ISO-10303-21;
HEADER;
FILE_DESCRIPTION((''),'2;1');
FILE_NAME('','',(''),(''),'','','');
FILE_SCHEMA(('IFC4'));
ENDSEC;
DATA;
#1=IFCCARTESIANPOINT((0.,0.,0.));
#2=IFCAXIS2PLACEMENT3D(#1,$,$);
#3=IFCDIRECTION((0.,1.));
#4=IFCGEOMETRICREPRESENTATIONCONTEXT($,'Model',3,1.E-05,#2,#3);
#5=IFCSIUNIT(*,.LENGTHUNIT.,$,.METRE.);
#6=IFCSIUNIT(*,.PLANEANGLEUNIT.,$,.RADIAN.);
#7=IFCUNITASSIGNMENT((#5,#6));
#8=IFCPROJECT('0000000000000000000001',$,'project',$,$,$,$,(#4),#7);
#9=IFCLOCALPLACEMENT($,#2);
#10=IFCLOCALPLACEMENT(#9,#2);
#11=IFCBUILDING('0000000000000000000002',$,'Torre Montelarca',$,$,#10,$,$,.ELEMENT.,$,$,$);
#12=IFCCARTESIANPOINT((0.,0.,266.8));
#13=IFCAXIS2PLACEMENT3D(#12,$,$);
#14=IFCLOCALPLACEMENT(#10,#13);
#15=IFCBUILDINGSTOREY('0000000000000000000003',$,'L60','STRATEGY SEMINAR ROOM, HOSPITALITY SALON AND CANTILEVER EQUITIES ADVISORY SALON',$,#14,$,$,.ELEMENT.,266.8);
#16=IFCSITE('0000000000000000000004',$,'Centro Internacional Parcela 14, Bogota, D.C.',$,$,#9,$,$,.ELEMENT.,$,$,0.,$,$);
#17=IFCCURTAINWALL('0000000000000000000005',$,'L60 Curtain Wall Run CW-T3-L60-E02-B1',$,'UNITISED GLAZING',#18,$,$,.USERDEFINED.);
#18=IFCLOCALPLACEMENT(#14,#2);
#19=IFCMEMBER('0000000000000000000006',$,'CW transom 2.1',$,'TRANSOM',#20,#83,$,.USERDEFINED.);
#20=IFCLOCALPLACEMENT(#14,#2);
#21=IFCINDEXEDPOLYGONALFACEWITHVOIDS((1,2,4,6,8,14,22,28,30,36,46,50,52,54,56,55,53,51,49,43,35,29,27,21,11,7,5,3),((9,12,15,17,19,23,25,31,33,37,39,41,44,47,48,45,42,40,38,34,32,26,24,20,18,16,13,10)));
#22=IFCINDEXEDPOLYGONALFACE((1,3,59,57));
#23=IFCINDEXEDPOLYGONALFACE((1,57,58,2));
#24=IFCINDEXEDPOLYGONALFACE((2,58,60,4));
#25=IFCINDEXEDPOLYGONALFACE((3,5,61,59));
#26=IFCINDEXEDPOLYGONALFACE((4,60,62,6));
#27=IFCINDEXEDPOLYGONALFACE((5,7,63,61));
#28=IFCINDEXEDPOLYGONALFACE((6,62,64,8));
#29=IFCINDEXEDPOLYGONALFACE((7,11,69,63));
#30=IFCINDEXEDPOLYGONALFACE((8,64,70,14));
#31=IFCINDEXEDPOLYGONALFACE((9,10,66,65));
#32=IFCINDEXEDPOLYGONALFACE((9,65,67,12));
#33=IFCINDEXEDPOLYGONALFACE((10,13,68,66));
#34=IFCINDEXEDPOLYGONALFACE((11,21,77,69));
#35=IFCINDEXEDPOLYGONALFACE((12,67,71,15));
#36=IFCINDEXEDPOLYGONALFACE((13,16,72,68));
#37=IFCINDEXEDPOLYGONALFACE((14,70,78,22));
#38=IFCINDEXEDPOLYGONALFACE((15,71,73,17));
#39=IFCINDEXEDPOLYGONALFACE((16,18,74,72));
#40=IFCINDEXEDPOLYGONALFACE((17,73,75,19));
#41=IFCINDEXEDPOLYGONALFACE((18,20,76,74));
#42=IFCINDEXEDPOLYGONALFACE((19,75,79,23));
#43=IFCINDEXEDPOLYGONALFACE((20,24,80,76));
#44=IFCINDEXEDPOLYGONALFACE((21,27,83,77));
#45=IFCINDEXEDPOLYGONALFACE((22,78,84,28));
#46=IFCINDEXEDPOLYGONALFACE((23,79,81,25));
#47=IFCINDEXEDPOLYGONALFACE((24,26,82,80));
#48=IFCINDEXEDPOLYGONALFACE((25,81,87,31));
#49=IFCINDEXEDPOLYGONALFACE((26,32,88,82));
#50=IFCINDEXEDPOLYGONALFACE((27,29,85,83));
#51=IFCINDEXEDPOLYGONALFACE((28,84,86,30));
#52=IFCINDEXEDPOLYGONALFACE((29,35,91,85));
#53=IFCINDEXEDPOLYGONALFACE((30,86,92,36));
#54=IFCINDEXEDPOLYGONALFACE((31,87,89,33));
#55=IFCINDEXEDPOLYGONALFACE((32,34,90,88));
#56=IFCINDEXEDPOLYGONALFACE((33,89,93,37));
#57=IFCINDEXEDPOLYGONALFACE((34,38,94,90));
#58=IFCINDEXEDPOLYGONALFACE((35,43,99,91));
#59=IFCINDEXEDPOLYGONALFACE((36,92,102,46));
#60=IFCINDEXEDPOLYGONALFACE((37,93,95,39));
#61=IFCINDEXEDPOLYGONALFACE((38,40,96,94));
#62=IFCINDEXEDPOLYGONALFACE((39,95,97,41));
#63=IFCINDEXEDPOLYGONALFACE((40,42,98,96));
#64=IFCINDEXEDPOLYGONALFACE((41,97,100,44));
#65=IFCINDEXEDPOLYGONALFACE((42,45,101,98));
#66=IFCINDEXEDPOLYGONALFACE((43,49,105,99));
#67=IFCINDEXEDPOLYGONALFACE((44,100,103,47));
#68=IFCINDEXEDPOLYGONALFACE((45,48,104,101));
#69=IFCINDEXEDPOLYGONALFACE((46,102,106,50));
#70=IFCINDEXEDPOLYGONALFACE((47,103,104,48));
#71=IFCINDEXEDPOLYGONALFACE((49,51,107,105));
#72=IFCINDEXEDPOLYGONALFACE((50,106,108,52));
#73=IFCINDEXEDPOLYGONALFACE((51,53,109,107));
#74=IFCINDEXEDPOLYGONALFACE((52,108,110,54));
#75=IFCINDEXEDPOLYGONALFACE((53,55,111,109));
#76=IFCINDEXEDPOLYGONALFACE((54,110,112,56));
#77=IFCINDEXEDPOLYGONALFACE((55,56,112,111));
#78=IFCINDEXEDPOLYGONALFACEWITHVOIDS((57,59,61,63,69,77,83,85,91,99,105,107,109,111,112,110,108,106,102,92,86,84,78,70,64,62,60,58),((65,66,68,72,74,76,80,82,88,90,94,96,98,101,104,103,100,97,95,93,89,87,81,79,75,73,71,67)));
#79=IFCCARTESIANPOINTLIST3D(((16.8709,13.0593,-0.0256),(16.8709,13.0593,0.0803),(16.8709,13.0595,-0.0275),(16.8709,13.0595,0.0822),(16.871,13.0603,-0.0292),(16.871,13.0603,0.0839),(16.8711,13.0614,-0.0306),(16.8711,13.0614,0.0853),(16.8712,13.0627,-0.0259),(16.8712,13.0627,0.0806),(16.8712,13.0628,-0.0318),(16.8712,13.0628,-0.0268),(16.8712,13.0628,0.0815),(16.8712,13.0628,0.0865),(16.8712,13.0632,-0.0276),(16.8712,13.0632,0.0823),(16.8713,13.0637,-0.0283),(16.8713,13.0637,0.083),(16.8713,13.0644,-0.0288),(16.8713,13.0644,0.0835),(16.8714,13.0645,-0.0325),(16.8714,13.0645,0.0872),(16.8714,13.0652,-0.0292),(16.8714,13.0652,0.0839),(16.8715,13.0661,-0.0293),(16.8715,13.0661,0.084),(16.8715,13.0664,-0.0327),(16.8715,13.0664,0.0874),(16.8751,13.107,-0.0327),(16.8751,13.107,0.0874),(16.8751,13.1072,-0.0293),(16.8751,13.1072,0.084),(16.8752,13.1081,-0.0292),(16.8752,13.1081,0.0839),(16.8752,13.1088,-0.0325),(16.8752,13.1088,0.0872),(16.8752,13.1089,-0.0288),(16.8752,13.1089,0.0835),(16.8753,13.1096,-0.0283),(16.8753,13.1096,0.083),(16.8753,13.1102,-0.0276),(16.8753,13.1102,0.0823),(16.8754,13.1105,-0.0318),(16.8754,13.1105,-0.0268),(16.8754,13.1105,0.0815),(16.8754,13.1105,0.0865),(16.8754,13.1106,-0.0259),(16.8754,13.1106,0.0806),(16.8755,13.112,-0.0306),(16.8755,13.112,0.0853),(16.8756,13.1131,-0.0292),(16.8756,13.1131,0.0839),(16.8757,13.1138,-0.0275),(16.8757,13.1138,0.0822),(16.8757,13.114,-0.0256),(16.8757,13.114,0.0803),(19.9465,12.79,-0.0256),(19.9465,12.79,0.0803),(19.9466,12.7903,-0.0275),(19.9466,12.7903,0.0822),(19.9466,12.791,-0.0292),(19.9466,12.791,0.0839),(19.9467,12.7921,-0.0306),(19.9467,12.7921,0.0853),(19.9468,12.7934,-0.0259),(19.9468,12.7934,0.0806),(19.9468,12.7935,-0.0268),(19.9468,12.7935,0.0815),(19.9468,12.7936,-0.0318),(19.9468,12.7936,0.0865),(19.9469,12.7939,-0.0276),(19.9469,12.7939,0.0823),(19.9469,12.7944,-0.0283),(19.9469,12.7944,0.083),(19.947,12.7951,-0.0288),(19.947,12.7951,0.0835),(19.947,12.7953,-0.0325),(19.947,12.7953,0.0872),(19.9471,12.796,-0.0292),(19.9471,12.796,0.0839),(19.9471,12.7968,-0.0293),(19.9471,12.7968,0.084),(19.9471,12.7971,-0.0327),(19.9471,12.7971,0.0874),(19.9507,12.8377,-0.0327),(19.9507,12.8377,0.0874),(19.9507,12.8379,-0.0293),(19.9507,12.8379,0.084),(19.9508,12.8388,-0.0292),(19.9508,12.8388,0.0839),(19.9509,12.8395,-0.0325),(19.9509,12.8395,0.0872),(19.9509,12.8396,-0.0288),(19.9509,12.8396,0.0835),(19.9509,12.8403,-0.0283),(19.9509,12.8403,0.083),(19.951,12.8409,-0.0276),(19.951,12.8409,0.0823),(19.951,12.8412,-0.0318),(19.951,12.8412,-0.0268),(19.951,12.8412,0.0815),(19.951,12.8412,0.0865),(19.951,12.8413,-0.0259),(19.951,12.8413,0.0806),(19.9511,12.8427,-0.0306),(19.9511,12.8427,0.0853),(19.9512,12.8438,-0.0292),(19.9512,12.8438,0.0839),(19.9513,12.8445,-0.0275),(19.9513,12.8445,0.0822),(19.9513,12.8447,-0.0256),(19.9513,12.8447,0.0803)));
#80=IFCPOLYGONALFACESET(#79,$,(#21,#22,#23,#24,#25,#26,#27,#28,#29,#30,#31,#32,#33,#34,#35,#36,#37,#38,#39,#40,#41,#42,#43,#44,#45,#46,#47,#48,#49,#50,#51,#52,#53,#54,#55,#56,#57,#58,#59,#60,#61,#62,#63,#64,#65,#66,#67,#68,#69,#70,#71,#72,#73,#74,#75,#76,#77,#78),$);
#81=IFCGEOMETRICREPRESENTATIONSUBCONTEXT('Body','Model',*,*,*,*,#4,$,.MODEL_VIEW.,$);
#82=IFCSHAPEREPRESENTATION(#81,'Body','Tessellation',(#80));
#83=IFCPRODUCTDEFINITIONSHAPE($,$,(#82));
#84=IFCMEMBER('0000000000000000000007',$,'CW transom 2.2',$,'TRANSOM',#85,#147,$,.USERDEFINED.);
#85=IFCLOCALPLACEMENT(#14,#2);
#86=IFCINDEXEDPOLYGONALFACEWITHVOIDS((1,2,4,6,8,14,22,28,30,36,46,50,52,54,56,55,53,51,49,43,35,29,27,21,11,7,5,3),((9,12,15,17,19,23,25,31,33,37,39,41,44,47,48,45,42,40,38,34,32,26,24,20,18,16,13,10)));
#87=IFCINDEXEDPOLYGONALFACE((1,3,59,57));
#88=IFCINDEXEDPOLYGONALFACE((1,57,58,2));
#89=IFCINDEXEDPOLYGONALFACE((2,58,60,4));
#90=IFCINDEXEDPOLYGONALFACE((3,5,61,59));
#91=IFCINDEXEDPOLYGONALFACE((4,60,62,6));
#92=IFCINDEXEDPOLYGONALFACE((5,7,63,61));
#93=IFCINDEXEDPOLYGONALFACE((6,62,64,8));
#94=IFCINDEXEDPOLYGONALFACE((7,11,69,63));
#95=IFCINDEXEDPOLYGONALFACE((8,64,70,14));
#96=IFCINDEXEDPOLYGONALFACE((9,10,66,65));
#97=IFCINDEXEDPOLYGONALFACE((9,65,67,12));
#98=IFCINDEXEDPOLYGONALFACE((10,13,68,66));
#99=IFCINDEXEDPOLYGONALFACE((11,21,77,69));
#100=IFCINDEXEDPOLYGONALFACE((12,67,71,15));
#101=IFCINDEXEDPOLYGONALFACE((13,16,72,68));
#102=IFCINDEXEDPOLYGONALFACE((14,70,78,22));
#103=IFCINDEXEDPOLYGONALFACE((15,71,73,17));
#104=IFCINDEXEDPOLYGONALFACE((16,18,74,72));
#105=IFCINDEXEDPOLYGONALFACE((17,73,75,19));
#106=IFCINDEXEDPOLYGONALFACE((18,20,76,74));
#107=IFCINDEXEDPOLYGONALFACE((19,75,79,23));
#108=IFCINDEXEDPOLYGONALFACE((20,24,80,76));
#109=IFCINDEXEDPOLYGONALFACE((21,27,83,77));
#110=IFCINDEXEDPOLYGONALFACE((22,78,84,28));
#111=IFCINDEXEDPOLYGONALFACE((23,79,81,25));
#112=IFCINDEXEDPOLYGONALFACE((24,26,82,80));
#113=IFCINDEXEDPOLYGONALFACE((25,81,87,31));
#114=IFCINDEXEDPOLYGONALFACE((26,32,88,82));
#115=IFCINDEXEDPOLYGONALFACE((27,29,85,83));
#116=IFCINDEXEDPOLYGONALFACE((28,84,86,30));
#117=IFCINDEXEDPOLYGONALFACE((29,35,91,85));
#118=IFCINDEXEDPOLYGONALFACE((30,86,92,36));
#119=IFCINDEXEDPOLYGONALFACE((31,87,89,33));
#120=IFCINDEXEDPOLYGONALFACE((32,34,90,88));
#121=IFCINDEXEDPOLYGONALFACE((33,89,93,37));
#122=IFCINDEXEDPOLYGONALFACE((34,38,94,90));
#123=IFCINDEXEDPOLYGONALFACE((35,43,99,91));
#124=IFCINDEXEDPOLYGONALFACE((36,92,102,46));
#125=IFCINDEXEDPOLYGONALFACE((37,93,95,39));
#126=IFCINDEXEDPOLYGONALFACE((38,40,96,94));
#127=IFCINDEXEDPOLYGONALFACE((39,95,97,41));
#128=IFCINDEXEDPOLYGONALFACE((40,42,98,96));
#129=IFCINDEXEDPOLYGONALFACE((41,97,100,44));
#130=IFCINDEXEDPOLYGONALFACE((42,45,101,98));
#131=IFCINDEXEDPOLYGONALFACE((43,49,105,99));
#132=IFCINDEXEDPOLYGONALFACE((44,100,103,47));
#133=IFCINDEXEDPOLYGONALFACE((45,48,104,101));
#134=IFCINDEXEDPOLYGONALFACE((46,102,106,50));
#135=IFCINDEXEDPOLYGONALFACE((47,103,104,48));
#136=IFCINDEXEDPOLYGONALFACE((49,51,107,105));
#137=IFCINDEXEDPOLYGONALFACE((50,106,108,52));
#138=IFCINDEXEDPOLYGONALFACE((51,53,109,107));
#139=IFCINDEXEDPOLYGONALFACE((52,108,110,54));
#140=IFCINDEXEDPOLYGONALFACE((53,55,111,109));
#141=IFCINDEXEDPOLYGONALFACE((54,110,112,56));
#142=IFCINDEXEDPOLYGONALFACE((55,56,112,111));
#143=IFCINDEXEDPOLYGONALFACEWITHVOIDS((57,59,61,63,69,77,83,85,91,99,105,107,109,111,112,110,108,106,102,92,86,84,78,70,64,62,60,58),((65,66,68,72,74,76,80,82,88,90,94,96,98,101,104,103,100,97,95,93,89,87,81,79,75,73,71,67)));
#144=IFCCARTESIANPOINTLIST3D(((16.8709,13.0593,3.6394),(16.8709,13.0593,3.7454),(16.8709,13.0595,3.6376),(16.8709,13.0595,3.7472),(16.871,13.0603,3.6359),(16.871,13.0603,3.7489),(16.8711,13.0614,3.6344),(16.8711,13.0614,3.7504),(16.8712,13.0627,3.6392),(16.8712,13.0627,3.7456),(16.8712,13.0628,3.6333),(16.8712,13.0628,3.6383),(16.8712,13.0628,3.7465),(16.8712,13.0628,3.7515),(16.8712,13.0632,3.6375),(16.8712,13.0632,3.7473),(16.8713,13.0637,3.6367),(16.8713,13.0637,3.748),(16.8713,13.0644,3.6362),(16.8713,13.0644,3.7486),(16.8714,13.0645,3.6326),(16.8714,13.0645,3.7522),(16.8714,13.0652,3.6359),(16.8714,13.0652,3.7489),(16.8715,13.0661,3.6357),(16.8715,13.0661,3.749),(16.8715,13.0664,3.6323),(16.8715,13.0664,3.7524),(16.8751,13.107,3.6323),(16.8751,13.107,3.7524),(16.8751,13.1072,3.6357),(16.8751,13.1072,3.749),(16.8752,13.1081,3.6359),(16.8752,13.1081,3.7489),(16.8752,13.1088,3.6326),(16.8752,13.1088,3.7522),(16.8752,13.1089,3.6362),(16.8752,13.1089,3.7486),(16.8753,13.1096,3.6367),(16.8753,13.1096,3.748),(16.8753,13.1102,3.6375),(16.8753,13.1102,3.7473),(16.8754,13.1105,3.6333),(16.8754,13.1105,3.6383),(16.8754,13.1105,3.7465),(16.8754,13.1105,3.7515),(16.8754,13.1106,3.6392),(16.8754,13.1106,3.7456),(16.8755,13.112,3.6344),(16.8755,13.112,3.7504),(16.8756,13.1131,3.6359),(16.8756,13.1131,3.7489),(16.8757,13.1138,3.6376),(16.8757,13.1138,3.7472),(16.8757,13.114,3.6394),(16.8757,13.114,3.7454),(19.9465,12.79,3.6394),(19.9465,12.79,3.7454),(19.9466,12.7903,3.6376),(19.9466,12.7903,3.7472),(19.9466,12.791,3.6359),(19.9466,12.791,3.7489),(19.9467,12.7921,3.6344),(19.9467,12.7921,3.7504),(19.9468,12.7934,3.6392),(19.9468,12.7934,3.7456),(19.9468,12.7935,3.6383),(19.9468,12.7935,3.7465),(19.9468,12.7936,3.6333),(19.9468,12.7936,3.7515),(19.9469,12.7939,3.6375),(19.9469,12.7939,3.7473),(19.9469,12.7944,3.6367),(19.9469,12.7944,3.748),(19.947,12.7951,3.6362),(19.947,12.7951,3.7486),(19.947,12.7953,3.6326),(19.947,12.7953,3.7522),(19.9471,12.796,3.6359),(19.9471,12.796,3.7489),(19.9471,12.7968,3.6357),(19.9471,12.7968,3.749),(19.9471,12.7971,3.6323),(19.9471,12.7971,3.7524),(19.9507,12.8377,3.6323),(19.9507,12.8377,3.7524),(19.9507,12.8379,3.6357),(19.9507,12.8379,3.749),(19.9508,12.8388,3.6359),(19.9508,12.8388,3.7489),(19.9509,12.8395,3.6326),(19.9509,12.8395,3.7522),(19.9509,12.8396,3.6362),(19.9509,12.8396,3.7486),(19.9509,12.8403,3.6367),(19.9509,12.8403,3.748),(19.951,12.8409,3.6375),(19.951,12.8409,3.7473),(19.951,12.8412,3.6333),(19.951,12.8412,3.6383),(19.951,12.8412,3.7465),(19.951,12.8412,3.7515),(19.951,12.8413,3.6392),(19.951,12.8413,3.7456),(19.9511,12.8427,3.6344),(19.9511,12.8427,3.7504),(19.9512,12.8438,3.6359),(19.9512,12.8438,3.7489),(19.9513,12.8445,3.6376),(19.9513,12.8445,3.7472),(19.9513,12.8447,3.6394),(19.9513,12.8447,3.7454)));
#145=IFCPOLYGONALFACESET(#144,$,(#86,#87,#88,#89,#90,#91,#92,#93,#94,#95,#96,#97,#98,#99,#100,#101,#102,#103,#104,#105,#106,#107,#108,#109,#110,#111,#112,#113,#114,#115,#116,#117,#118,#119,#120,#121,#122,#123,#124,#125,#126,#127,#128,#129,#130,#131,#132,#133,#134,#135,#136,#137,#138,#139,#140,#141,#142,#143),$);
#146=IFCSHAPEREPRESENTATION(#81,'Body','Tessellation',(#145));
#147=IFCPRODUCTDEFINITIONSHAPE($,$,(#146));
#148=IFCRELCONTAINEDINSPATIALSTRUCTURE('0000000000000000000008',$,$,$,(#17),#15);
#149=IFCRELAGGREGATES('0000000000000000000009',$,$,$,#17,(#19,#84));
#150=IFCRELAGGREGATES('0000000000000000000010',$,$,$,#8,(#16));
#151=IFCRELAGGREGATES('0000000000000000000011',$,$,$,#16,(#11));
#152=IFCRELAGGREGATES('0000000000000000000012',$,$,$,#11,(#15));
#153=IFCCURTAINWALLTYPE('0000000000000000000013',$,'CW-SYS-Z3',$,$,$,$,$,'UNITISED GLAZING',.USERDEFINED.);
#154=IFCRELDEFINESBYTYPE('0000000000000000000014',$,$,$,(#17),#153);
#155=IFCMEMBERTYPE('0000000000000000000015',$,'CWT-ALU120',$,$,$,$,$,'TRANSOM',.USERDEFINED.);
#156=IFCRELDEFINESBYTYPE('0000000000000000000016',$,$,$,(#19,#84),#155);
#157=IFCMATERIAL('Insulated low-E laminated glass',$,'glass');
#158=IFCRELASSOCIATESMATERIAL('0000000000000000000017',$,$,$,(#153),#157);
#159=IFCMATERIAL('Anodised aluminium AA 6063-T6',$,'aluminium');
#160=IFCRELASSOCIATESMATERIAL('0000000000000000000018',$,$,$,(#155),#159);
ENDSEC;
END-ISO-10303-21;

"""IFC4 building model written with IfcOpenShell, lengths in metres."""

from ifc_helpers import new_model, si_unit, direction, frame, origin, origin_2d, place, context, subcontext, project, spatial, hollow_rectangle, extrude, source, transform, mapped, material, material_profile, profile_set, type_object, element, aggregate, save


model = new_model("IFC4")

# Units and contexts
model_context = context("Model", 3, precision=1e-05, world=origin(), true_north=direction((0.0, 1.0)))
body_context = subcontext(model_context, "Body", "Model", "MODEL_VIEW")
ifc_project = project(units=[si_unit("LENGTHUNIT", "METRE"), si_unit("PLANEANGLEUNIT", "RADIAN")], contexts=[model_context])

# Site, building, storey
site_placement = place(None, origin())
site = spatial("IfcSite", under=ifc_project, at=site_placement, Name="Centro Internacional Parcela 14, Bogota, D.C.", CompositionType="ELEMENT", RefElevation=0.0)
building_placement = place(site_placement, origin())
building = spatial("IfcBuilding", under=site, at=building_placement, Name="Torre Montelarca", CompositionType="ELEMENT")
storey_placement = place(building_placement, frame((0.0, 0.0, 266.8)))
storey = spatial("IfcBuildingStorey", under=building, at=storey_placement, Name="L60", Description="STRATEGY SEMINAR ROOM, HOSPITALITY SALON AND CANTILEVER EQUITIES ADVISORY SALON", CompositionType="ELEMENT", Elevation=266.8)

# Curtain wall, members
ifc_material_1 = material(Name="Insulated low-E laminated glass", Category="glass")
curtain_wall_type = type_object("IfcCurtainWallType", Name="CW-SYS-Z3", ElementType="UNITISED GLAZING", PredefinedType="USERDEFINED", material=ifc_material_1)
curtain_wall_1_placement = place(storey_placement, origin())
curtain_wall_1 = element("IfcCurtainWall", 1, at=curtain_wall_1_placement, inside=storey, type_object=curtain_wall_type, Name="L60 Curtain Wall Run CW-T3-L60-E02-B1", ObjectType="UNITISED GLAZING", PredefinedType="USERDEFINED")
ifc_material_2 = material(Name="Anodised aluminium AA 6063-T6", Category="aluminium")
ifc_material_profile_1 = material_profile(ifc_material_2, hollow_rectangle(XDim=0.0549, YDim=0.1201, WallThickness=0.0034, InnerFilletRadius=0.0034, OuterFilletRadius=0.0071, at=origin_2d()), Name="ALU55X120X3.5", Category="aluminium")
ifc_profile_set_1 = profile_set([ifc_material_profile_1], Name="Anodised aluminium AA 6063-T6")
member_type_1 = type_object("IfcMemberType", Name="CWT-ALU120", ElementType="TRANSOM", PredefinedType="USERDEFINED", material=ifc_profile_set_1)
shared_shape_1 = source(origin(), body_context, "Body", "SweptSolid", [
    extrude(hollow_rectangle(XDim=0.0549, YDim=0.1201, WallThickness=0.0034, InnerFilletRadius=0.0034, OuterFilletRadius=0.0071, at=origin_2d()), origin(), (0.0, 0.0, 1.0), 3.0874),
])
member_1_placement = place(storey_placement, frame((16.8733, 13.0867, 0.0273), z_axis=(0.996189, -0.08722, 0.0), x_axis=(0.08722, 0.996189, 0.0)))
member_1 = element("IfcMember", 2, at=member_1_placement, type_object=member_type_1, Name="CW transom 2.1", ObjectType="TRANSOM", PredefinedType="USERDEFINED", context=body_context, shape_type="MappedRepresentation", body=[
    mapped(shared_shape_1, transform((0.0, 0.0, 0.0), scale=1.0)),
])
member_2_placement = place(storey_placement, frame((16.8733, 13.0867, 3.6924), z_axis=(0.996189, -0.08722, 0.0), x_axis=(0.08722, 0.996189, 0.0)))
member_2 = element("IfcMember", 3, at=member_2_placement, type_object=member_type_1, Name="CW transom 2.2", ObjectType="TRANSOM", PredefinedType="USERDEFINED", context=body_context, shape_type="MappedRepresentation", body=[
    mapped(shared_shape_1, transform((0.0, 0.0, 0.0), scale=1.0)),
])

aggregate(curtain_wall_1, [member_1, member_2])

save(model, "model.ifc")
